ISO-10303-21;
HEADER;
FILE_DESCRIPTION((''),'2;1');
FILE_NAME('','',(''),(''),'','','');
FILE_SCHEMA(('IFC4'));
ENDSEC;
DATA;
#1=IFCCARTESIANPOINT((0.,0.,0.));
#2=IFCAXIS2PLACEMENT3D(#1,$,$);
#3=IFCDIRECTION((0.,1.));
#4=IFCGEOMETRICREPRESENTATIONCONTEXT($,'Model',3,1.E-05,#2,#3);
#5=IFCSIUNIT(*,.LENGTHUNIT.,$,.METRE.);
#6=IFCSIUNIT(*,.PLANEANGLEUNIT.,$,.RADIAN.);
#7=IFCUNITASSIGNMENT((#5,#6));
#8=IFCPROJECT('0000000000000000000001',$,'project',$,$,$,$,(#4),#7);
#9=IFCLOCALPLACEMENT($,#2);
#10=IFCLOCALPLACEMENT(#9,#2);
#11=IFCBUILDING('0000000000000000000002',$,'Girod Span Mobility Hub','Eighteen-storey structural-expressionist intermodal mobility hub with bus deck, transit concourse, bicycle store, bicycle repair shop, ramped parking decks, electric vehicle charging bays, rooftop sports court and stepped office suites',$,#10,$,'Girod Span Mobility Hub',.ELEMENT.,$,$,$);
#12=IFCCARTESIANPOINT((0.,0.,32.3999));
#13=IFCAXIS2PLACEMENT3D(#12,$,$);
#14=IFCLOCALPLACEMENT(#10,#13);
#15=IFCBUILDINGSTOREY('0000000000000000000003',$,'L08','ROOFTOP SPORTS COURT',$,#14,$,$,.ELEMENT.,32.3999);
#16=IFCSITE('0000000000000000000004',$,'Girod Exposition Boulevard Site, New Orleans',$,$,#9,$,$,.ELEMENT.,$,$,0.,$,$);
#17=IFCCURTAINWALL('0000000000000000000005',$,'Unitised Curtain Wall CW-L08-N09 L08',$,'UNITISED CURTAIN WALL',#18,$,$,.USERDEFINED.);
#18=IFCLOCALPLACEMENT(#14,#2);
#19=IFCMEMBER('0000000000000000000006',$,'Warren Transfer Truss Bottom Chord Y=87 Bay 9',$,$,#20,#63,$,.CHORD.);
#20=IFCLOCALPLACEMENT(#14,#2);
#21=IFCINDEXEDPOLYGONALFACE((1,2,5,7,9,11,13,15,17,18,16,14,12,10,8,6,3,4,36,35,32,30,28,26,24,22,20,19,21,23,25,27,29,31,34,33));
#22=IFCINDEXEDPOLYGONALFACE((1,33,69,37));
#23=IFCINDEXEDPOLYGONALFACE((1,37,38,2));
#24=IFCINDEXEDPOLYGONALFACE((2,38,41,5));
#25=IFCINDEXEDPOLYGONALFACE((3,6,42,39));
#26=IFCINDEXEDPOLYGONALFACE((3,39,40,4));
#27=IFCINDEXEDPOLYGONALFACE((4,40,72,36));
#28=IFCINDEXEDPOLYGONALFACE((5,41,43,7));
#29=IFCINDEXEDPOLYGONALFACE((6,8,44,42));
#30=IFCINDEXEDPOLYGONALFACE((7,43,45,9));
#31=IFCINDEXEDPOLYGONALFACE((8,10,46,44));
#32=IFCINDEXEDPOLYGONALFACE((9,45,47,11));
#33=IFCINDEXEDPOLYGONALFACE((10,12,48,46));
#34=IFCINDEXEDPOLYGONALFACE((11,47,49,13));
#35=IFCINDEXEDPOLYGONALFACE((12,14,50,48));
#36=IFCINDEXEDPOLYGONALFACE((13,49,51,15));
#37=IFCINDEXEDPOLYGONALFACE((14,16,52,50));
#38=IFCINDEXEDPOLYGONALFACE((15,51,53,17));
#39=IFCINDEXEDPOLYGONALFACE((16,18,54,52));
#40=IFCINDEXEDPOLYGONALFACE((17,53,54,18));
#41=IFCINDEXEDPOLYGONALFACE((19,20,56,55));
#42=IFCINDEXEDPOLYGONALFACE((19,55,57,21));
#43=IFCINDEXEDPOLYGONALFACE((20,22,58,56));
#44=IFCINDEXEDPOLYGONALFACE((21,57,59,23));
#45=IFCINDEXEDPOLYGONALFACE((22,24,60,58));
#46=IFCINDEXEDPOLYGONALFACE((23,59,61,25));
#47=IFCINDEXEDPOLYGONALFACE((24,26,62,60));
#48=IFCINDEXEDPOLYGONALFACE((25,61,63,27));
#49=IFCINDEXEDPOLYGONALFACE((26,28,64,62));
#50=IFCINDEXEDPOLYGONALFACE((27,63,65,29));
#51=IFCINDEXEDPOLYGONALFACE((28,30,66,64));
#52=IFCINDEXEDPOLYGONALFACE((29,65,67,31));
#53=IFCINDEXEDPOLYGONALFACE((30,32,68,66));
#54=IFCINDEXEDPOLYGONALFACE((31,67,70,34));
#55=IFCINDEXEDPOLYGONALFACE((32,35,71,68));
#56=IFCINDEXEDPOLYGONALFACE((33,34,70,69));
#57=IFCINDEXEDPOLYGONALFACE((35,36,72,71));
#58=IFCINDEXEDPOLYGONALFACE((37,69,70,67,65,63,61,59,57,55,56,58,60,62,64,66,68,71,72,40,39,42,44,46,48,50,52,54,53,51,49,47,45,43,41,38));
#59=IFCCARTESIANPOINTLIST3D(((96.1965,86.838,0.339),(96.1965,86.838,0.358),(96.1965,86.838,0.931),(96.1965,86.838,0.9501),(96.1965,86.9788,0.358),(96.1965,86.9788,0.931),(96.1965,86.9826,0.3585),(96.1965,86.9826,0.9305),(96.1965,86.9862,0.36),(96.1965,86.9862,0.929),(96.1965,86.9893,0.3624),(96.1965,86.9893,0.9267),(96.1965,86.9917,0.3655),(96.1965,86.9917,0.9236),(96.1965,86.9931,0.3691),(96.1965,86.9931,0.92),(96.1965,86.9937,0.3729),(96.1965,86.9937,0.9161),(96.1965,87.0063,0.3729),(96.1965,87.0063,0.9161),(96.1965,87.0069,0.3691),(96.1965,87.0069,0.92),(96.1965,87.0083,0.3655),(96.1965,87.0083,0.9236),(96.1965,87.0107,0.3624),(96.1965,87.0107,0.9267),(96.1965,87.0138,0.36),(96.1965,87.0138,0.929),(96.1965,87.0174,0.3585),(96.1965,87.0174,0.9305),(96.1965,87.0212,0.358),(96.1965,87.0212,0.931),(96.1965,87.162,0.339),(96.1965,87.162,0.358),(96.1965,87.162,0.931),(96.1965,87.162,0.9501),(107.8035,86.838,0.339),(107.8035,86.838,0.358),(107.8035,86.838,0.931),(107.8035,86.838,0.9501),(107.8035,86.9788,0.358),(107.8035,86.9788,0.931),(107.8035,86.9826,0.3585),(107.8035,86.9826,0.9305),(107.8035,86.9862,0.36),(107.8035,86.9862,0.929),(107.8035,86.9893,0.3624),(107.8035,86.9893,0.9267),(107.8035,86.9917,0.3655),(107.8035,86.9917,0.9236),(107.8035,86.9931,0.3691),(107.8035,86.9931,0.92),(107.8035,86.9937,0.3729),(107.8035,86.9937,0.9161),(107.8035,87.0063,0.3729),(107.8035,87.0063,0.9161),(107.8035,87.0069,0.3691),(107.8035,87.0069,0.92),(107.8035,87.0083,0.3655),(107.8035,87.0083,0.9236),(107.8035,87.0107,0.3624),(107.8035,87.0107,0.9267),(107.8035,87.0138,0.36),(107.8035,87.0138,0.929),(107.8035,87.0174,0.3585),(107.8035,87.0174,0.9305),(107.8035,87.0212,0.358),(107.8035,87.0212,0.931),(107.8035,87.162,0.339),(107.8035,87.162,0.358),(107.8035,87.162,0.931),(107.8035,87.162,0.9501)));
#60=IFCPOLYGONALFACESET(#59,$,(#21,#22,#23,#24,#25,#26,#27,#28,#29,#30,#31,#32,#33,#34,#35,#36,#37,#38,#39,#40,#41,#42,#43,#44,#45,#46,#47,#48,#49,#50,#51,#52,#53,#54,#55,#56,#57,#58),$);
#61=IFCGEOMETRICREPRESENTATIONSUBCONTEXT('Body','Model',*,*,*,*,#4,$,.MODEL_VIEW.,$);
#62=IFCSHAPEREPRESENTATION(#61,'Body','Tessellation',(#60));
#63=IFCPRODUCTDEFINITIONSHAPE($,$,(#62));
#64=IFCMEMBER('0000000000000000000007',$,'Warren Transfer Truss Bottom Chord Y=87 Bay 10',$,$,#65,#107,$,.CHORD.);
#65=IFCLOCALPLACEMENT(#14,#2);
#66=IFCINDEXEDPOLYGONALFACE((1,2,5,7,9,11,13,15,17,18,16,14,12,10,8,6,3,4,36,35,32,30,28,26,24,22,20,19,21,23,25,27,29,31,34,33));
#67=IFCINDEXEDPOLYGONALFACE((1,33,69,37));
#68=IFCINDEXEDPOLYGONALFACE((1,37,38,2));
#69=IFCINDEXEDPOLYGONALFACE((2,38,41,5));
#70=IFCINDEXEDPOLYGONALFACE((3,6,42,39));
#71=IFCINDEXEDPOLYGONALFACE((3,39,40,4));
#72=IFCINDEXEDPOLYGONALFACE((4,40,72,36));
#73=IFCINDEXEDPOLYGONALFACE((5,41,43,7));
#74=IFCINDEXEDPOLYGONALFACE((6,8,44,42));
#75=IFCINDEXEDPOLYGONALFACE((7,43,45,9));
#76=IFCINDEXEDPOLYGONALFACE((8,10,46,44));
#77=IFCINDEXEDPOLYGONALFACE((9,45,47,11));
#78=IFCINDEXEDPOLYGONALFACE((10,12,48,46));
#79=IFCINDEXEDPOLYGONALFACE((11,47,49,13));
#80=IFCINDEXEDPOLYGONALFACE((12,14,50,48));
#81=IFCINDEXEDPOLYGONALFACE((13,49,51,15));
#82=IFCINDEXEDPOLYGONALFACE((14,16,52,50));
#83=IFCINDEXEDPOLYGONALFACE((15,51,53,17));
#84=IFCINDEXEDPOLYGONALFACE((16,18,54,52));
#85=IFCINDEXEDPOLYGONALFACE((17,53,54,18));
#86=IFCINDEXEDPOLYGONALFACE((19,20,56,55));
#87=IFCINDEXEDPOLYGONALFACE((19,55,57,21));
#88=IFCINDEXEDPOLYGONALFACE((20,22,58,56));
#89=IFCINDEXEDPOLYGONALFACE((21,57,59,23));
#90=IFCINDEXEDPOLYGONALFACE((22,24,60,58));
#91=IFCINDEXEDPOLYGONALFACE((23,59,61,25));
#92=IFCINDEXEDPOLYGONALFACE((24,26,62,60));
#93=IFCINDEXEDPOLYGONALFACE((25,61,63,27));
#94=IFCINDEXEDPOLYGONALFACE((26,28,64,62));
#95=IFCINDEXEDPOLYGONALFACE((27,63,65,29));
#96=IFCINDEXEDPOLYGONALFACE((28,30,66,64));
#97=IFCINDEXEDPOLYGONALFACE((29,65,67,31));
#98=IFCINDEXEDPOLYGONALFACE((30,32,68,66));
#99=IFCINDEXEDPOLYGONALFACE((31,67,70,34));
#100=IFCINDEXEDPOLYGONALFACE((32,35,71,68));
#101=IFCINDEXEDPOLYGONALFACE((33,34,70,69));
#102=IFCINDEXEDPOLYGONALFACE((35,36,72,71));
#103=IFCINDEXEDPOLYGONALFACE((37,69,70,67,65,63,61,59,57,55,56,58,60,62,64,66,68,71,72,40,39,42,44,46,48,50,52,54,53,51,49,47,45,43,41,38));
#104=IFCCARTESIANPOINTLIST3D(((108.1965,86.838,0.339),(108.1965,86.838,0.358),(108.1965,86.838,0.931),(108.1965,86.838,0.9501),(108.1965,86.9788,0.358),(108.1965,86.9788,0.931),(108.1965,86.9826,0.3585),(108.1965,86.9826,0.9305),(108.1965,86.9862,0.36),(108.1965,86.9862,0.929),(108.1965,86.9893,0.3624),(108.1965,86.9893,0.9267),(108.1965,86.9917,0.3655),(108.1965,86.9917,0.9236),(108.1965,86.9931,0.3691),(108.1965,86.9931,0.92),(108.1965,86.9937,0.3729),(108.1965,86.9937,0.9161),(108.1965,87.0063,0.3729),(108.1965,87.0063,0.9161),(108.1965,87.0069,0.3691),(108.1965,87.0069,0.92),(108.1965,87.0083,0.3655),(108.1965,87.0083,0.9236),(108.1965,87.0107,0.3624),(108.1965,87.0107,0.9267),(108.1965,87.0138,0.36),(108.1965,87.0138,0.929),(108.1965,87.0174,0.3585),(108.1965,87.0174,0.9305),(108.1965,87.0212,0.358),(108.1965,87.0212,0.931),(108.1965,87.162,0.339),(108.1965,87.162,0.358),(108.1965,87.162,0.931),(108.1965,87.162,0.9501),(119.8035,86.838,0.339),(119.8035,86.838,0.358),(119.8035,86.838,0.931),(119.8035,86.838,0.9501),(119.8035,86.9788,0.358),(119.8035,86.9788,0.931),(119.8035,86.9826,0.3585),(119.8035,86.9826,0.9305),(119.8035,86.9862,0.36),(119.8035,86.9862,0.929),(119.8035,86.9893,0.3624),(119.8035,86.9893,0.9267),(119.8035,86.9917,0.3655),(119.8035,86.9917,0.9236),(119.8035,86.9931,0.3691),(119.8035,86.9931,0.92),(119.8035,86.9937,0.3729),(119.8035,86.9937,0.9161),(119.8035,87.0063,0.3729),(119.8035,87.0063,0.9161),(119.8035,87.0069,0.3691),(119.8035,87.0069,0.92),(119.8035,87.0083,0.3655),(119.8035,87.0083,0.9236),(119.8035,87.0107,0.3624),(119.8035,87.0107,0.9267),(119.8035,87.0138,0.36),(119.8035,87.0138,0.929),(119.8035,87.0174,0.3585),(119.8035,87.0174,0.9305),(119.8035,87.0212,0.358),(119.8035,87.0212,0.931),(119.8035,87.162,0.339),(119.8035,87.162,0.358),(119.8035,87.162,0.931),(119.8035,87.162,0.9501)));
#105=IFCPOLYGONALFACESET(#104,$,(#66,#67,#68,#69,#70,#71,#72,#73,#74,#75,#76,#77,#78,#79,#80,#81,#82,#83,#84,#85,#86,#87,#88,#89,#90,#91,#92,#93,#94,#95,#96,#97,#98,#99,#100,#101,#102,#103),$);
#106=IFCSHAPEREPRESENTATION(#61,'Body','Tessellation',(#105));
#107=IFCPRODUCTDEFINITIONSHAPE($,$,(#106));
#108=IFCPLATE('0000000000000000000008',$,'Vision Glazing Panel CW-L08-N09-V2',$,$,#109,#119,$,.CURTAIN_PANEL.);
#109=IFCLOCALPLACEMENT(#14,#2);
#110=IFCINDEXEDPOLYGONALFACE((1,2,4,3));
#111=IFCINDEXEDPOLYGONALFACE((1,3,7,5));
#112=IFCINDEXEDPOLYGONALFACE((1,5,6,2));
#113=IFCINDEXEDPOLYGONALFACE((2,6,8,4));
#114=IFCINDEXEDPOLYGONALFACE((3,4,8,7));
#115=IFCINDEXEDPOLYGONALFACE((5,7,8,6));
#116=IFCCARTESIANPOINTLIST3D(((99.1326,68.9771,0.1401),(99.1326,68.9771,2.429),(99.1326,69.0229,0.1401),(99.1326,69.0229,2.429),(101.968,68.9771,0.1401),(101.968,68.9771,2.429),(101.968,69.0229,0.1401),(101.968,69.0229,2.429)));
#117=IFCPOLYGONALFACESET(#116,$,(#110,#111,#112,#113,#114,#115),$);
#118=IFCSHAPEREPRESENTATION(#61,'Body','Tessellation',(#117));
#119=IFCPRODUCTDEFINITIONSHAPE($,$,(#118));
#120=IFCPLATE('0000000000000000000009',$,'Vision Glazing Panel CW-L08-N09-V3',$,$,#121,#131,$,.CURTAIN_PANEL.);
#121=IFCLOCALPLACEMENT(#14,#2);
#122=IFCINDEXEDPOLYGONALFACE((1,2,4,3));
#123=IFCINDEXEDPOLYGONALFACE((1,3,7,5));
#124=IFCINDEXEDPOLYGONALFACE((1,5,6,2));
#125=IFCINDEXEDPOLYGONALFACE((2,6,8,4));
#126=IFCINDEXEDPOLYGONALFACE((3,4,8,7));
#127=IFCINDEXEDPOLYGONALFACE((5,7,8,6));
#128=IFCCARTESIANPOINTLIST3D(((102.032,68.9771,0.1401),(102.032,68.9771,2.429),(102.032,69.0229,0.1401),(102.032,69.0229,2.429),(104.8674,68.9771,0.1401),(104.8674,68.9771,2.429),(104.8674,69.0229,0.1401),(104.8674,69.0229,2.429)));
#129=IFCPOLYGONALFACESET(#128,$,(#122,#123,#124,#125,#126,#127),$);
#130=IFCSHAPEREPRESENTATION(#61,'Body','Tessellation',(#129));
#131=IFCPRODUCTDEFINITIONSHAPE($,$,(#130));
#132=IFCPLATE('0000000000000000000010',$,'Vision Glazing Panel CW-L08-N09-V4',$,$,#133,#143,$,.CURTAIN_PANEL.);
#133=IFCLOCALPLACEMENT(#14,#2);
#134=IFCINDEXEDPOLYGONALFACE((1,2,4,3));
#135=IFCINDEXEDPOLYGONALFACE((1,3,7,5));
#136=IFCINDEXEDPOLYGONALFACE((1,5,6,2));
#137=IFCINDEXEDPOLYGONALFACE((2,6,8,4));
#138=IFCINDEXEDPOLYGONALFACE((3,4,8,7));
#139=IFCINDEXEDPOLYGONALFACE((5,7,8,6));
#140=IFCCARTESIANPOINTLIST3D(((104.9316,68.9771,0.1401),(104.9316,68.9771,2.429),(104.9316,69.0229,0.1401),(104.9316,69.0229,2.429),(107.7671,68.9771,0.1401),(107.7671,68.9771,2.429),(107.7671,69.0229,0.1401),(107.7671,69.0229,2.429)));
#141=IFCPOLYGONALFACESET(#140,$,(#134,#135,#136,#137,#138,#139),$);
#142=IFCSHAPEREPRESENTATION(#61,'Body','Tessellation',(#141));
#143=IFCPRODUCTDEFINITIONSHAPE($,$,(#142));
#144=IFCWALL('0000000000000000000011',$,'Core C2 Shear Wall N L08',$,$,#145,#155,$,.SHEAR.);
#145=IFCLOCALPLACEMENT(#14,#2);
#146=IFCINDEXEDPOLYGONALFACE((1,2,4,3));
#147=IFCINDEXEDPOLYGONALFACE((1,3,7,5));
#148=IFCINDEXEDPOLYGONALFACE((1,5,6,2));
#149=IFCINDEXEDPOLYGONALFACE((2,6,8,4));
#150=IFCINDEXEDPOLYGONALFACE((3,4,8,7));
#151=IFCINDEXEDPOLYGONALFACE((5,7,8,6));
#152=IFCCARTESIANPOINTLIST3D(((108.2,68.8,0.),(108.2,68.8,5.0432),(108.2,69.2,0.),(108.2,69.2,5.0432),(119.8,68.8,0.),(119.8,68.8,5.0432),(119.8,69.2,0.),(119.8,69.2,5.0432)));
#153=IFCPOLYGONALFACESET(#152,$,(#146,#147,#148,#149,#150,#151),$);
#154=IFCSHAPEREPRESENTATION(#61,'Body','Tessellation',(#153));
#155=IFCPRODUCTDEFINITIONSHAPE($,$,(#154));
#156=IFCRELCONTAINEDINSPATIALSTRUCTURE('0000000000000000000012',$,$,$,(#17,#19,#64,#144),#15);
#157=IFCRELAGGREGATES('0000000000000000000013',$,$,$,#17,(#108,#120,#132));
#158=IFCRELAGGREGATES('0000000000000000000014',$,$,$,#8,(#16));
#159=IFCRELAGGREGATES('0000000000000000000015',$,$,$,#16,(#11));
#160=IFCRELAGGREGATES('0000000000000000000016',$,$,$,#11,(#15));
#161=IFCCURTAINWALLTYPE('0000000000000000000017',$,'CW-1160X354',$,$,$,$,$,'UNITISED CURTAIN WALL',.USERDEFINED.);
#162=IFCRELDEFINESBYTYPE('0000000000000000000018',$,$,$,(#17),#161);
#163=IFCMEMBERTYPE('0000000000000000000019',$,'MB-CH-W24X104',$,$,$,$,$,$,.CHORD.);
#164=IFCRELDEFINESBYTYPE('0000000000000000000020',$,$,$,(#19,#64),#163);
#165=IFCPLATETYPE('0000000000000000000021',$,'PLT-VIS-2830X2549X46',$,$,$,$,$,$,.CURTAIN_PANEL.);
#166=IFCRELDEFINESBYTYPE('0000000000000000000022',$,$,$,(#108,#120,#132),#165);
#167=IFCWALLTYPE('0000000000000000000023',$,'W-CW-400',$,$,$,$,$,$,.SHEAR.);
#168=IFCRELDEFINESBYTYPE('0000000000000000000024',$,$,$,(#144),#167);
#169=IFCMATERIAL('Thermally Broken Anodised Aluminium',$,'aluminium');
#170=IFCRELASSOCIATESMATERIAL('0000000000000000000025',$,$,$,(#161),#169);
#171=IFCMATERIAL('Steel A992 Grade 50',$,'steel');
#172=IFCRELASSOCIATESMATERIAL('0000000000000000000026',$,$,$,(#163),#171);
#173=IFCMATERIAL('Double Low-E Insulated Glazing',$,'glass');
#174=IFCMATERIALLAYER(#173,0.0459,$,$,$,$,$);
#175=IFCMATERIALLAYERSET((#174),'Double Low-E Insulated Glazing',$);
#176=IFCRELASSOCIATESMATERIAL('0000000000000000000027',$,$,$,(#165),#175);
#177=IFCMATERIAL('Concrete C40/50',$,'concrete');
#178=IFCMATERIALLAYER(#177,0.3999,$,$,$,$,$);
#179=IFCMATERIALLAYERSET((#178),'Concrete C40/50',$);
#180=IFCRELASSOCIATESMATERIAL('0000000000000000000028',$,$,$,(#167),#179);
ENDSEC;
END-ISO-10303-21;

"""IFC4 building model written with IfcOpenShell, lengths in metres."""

from ifc_helpers import new_model, si_unit, direction, frame, frame_2d, origin, origin_2d, place, context, subcontext, project, spatial, rectangle, i_section, extrude, material, layer, layer_set, material_profile, profile_set, type_object, element, aggregate, save


model = new_model("IFC4")

# Units and contexts
model_context = context("Model", 3, precision=1e-05, world=origin(), true_north=direction((0.0, 1.0)))
body_context = subcontext(model_context, "Body", "Model", "MODEL_VIEW")
ifc_project = project(units=[si_unit("LENGTHUNIT", "METRE"), si_unit("PLANEANGLEUNIT", "RADIAN")], contexts=[model_context])

# Site, building, storey
site_placement = place(None, origin())
site = spatial("IfcSite", under=ifc_project, at=site_placement, Name="Girod Exposition Boulevard Site, New Orleans", CompositionType="ELEMENT", RefElevation=0.0)
building_placement = place(site_placement, origin())
building = spatial("IfcBuilding", under=site, at=building_placement, Name="Girod Span Mobility Hub", Description="Eighteen-storey structural-expressionist intermodal mobility hub with bus deck, transit concourse, bicycle store, bicycle repair shop, ramped parking decks, electric vehicle charging bays, rooftop sports court and stepped office suites", LongName="Girod Span Mobility Hub", CompositionType="ELEMENT")
storey_placement = place(building_placement, frame((0.0, 0.0, 32.3999)))
storey = spatial("IfcBuildingStorey", under=building, at=storey_placement, Name="L08", Description="ROOFTOP SPORTS COURT", CompositionType="ELEMENT", Elevation=32.3999)

# Curtain wall
ifc_material_1 = material(Name="Thermally Broken Anodised Aluminium", Category="aluminium")
curtain_wall_type = type_object("IfcCurtainWallType", Name="CW-1160X354", ElementType="UNITISED CURTAIN WALL", PredefinedType="USERDEFINED", material=ifc_material_1)
curtain_wall_placement = place(storey_placement, origin())
curtain_wall = element("IfcCurtainWall", 1, at=curtain_wall_placement, inside=storey, type_object=curtain_wall_type, Name="Unitised Curtain Wall CW-L08-N09 L08", ObjectType="UNITISED CURTAIN WALL", PredefinedType="USERDEFINED")

# Members
ifc_material_2 = material(Name="Steel A992 Grade 50", Category="steel")
ifc_material_profile_1 = material_profile(ifc_material_2, i_section(OverallWidth=0.324, OverallDepth=0.6111, WebThickness=0.0127, FlangeThickness=0.019, FilletRadius=0.0149, at=origin_2d()), Name="W24X104")
ifc_profile_set_1 = profile_set([ifc_material_profile_1], Name="Steel A992 Grade 50")
member_type_1 = type_object("IfcMemberType", Name="MB-CH-W24X104", PredefinedType="CHORD", material=ifc_profile_set_1)
for number, where, z_axis, x_axis, name in (
    (2, (96.1965, 87.0, 0.6445), (1.0, 0.0, 0.0), (0.0, 1.0, 0.0), "Warren Transfer Truss Bottom Chord Y=87 Bay 9"),
    (3, (108.1965, 87.0, 0.6445), (1.0, 0.0, 0.0), (0.0, 1.0, 0.0), "Warren Transfer Truss Bottom Chord Y=87 Bay 10"),
):
    element("IfcMember", number, at=place(storey_placement, frame(where, z_axis=z_axis, x_axis=x_axis)), inside=storey, type_object=member_type_1, Name=name, PredefinedType="CHORD", context=body_context, shape_type="SweptSolid", body=[
        extrude(i_section(OverallWidth=0.324, OverallDepth=0.6111, WebThickness=0.0127, FlangeThickness=0.019, FilletRadius=0.0149, at=origin_2d()), origin(), (0.0, 0.0, 1.0), 11.6069),
    ])

# Plates
ifc_material_3 = material(Name="Double Low-E Insulated Glazing", Category="glass")
ifc_layer_1 = layer(ifc_material_3, 0.0459)
ifc_layer_set_1 = layer_set([ifc_layer_1], Name="Double Low-E Insulated Glazing")
plate_type = type_object("IfcPlateType", Name="PLT-VIS-2830X2549X46", PredefinedType="CURTAIN_PANEL", material=ifc_layer_set_1)
plate_1_placement = place(storey_placement, frame((100.5503, 69.0, 0.1401), z_axis=(0.0, 0.0, 1.0), x_axis=(1.0, 0.0, 0.0)))
plate_1 = element("IfcPlate", 4, at=plate_1_placement, type_object=plate_type, Name="Vision Glazing Panel CW-L08-N09-V2", PredefinedType="CURTAIN_PANEL", context=body_context, shape_type="SweptSolid", body=[
    extrude(rectangle(XDim=2.8354, YDim=0.0459, at=origin_2d()), origin(), (0.0, 0.0, 1.0), 2.2888),
])
plate_2_placement = place(storey_placement, frame((103.4497, 69.0, 0.1401), z_axis=(0.0, 0.0, 1.0), x_axis=(1.0, 0.0, 0.0)))
plate_2 = element("IfcPlate", 5, at=plate_2_placement, type_object=plate_type, Name="Vision Glazing Panel CW-L08-N09-V3", PredefinedType="CURTAIN_PANEL", context=body_context, shape_type="SweptSolid", body=[
    extrude(rectangle(XDim=2.8354, YDim=0.0459, at=origin_2d()), origin(), (0.0, 0.0, 1.0), 2.2888),
])
plate_3_placement = place(storey_placement, frame((106.3494, 69.0, 0.1401), z_axis=(0.0, 0.0, 1.0), x_axis=(1.0, 0.0, 0.0)))
plate_3 = element("IfcPlate", 6, at=plate_3_placement, type_object=plate_type, Name="Vision Glazing Panel CW-L08-N09-V4", PredefinedType="CURTAIN_PANEL", context=body_context, shape_type="SweptSolid", body=[
    extrude(rectangle(XDim=2.8354, YDim=0.0459, at=origin_2d()), origin(), (0.0, 0.0, 1.0), 2.2888),
])
aggregate(curtain_wall, [plate_1, plate_2, plate_3])

# Wall
ifc_material_4 = material(Name="Concrete C40/50", Category="concrete")
ifc_layer_2 = layer(ifc_material_4, 0.3999)
ifc_layer_set_2 = layer_set([ifc_layer_2], Name="Concrete C40/50")
wall_type = type_object("IfcWallType", Name="W-CW-400", PredefinedType="SHEAR", material=ifc_layer_set_2)
wall_placement = place(storey_placement, frame((108.2, 69.0, 0.0), z_axis=(0.0, 0.0, 1.0), x_axis=(1.0, 0.0, 0.0)))
element("IfcWall", 7, at=wall_placement, inside=storey, type_object=wall_type, Name="Core C2 Shear Wall N L08", PredefinedType="SHEAR", context=body_context, shape_type="SweptSolid", body=[
    extrude(rectangle(XDim=11.6001, YDim=0.3999, at=frame_2d((5.8, 0.0))), origin(), (0.0, 0.0, 1.0), 5.0432),
])

save(model, "model.ifc")
